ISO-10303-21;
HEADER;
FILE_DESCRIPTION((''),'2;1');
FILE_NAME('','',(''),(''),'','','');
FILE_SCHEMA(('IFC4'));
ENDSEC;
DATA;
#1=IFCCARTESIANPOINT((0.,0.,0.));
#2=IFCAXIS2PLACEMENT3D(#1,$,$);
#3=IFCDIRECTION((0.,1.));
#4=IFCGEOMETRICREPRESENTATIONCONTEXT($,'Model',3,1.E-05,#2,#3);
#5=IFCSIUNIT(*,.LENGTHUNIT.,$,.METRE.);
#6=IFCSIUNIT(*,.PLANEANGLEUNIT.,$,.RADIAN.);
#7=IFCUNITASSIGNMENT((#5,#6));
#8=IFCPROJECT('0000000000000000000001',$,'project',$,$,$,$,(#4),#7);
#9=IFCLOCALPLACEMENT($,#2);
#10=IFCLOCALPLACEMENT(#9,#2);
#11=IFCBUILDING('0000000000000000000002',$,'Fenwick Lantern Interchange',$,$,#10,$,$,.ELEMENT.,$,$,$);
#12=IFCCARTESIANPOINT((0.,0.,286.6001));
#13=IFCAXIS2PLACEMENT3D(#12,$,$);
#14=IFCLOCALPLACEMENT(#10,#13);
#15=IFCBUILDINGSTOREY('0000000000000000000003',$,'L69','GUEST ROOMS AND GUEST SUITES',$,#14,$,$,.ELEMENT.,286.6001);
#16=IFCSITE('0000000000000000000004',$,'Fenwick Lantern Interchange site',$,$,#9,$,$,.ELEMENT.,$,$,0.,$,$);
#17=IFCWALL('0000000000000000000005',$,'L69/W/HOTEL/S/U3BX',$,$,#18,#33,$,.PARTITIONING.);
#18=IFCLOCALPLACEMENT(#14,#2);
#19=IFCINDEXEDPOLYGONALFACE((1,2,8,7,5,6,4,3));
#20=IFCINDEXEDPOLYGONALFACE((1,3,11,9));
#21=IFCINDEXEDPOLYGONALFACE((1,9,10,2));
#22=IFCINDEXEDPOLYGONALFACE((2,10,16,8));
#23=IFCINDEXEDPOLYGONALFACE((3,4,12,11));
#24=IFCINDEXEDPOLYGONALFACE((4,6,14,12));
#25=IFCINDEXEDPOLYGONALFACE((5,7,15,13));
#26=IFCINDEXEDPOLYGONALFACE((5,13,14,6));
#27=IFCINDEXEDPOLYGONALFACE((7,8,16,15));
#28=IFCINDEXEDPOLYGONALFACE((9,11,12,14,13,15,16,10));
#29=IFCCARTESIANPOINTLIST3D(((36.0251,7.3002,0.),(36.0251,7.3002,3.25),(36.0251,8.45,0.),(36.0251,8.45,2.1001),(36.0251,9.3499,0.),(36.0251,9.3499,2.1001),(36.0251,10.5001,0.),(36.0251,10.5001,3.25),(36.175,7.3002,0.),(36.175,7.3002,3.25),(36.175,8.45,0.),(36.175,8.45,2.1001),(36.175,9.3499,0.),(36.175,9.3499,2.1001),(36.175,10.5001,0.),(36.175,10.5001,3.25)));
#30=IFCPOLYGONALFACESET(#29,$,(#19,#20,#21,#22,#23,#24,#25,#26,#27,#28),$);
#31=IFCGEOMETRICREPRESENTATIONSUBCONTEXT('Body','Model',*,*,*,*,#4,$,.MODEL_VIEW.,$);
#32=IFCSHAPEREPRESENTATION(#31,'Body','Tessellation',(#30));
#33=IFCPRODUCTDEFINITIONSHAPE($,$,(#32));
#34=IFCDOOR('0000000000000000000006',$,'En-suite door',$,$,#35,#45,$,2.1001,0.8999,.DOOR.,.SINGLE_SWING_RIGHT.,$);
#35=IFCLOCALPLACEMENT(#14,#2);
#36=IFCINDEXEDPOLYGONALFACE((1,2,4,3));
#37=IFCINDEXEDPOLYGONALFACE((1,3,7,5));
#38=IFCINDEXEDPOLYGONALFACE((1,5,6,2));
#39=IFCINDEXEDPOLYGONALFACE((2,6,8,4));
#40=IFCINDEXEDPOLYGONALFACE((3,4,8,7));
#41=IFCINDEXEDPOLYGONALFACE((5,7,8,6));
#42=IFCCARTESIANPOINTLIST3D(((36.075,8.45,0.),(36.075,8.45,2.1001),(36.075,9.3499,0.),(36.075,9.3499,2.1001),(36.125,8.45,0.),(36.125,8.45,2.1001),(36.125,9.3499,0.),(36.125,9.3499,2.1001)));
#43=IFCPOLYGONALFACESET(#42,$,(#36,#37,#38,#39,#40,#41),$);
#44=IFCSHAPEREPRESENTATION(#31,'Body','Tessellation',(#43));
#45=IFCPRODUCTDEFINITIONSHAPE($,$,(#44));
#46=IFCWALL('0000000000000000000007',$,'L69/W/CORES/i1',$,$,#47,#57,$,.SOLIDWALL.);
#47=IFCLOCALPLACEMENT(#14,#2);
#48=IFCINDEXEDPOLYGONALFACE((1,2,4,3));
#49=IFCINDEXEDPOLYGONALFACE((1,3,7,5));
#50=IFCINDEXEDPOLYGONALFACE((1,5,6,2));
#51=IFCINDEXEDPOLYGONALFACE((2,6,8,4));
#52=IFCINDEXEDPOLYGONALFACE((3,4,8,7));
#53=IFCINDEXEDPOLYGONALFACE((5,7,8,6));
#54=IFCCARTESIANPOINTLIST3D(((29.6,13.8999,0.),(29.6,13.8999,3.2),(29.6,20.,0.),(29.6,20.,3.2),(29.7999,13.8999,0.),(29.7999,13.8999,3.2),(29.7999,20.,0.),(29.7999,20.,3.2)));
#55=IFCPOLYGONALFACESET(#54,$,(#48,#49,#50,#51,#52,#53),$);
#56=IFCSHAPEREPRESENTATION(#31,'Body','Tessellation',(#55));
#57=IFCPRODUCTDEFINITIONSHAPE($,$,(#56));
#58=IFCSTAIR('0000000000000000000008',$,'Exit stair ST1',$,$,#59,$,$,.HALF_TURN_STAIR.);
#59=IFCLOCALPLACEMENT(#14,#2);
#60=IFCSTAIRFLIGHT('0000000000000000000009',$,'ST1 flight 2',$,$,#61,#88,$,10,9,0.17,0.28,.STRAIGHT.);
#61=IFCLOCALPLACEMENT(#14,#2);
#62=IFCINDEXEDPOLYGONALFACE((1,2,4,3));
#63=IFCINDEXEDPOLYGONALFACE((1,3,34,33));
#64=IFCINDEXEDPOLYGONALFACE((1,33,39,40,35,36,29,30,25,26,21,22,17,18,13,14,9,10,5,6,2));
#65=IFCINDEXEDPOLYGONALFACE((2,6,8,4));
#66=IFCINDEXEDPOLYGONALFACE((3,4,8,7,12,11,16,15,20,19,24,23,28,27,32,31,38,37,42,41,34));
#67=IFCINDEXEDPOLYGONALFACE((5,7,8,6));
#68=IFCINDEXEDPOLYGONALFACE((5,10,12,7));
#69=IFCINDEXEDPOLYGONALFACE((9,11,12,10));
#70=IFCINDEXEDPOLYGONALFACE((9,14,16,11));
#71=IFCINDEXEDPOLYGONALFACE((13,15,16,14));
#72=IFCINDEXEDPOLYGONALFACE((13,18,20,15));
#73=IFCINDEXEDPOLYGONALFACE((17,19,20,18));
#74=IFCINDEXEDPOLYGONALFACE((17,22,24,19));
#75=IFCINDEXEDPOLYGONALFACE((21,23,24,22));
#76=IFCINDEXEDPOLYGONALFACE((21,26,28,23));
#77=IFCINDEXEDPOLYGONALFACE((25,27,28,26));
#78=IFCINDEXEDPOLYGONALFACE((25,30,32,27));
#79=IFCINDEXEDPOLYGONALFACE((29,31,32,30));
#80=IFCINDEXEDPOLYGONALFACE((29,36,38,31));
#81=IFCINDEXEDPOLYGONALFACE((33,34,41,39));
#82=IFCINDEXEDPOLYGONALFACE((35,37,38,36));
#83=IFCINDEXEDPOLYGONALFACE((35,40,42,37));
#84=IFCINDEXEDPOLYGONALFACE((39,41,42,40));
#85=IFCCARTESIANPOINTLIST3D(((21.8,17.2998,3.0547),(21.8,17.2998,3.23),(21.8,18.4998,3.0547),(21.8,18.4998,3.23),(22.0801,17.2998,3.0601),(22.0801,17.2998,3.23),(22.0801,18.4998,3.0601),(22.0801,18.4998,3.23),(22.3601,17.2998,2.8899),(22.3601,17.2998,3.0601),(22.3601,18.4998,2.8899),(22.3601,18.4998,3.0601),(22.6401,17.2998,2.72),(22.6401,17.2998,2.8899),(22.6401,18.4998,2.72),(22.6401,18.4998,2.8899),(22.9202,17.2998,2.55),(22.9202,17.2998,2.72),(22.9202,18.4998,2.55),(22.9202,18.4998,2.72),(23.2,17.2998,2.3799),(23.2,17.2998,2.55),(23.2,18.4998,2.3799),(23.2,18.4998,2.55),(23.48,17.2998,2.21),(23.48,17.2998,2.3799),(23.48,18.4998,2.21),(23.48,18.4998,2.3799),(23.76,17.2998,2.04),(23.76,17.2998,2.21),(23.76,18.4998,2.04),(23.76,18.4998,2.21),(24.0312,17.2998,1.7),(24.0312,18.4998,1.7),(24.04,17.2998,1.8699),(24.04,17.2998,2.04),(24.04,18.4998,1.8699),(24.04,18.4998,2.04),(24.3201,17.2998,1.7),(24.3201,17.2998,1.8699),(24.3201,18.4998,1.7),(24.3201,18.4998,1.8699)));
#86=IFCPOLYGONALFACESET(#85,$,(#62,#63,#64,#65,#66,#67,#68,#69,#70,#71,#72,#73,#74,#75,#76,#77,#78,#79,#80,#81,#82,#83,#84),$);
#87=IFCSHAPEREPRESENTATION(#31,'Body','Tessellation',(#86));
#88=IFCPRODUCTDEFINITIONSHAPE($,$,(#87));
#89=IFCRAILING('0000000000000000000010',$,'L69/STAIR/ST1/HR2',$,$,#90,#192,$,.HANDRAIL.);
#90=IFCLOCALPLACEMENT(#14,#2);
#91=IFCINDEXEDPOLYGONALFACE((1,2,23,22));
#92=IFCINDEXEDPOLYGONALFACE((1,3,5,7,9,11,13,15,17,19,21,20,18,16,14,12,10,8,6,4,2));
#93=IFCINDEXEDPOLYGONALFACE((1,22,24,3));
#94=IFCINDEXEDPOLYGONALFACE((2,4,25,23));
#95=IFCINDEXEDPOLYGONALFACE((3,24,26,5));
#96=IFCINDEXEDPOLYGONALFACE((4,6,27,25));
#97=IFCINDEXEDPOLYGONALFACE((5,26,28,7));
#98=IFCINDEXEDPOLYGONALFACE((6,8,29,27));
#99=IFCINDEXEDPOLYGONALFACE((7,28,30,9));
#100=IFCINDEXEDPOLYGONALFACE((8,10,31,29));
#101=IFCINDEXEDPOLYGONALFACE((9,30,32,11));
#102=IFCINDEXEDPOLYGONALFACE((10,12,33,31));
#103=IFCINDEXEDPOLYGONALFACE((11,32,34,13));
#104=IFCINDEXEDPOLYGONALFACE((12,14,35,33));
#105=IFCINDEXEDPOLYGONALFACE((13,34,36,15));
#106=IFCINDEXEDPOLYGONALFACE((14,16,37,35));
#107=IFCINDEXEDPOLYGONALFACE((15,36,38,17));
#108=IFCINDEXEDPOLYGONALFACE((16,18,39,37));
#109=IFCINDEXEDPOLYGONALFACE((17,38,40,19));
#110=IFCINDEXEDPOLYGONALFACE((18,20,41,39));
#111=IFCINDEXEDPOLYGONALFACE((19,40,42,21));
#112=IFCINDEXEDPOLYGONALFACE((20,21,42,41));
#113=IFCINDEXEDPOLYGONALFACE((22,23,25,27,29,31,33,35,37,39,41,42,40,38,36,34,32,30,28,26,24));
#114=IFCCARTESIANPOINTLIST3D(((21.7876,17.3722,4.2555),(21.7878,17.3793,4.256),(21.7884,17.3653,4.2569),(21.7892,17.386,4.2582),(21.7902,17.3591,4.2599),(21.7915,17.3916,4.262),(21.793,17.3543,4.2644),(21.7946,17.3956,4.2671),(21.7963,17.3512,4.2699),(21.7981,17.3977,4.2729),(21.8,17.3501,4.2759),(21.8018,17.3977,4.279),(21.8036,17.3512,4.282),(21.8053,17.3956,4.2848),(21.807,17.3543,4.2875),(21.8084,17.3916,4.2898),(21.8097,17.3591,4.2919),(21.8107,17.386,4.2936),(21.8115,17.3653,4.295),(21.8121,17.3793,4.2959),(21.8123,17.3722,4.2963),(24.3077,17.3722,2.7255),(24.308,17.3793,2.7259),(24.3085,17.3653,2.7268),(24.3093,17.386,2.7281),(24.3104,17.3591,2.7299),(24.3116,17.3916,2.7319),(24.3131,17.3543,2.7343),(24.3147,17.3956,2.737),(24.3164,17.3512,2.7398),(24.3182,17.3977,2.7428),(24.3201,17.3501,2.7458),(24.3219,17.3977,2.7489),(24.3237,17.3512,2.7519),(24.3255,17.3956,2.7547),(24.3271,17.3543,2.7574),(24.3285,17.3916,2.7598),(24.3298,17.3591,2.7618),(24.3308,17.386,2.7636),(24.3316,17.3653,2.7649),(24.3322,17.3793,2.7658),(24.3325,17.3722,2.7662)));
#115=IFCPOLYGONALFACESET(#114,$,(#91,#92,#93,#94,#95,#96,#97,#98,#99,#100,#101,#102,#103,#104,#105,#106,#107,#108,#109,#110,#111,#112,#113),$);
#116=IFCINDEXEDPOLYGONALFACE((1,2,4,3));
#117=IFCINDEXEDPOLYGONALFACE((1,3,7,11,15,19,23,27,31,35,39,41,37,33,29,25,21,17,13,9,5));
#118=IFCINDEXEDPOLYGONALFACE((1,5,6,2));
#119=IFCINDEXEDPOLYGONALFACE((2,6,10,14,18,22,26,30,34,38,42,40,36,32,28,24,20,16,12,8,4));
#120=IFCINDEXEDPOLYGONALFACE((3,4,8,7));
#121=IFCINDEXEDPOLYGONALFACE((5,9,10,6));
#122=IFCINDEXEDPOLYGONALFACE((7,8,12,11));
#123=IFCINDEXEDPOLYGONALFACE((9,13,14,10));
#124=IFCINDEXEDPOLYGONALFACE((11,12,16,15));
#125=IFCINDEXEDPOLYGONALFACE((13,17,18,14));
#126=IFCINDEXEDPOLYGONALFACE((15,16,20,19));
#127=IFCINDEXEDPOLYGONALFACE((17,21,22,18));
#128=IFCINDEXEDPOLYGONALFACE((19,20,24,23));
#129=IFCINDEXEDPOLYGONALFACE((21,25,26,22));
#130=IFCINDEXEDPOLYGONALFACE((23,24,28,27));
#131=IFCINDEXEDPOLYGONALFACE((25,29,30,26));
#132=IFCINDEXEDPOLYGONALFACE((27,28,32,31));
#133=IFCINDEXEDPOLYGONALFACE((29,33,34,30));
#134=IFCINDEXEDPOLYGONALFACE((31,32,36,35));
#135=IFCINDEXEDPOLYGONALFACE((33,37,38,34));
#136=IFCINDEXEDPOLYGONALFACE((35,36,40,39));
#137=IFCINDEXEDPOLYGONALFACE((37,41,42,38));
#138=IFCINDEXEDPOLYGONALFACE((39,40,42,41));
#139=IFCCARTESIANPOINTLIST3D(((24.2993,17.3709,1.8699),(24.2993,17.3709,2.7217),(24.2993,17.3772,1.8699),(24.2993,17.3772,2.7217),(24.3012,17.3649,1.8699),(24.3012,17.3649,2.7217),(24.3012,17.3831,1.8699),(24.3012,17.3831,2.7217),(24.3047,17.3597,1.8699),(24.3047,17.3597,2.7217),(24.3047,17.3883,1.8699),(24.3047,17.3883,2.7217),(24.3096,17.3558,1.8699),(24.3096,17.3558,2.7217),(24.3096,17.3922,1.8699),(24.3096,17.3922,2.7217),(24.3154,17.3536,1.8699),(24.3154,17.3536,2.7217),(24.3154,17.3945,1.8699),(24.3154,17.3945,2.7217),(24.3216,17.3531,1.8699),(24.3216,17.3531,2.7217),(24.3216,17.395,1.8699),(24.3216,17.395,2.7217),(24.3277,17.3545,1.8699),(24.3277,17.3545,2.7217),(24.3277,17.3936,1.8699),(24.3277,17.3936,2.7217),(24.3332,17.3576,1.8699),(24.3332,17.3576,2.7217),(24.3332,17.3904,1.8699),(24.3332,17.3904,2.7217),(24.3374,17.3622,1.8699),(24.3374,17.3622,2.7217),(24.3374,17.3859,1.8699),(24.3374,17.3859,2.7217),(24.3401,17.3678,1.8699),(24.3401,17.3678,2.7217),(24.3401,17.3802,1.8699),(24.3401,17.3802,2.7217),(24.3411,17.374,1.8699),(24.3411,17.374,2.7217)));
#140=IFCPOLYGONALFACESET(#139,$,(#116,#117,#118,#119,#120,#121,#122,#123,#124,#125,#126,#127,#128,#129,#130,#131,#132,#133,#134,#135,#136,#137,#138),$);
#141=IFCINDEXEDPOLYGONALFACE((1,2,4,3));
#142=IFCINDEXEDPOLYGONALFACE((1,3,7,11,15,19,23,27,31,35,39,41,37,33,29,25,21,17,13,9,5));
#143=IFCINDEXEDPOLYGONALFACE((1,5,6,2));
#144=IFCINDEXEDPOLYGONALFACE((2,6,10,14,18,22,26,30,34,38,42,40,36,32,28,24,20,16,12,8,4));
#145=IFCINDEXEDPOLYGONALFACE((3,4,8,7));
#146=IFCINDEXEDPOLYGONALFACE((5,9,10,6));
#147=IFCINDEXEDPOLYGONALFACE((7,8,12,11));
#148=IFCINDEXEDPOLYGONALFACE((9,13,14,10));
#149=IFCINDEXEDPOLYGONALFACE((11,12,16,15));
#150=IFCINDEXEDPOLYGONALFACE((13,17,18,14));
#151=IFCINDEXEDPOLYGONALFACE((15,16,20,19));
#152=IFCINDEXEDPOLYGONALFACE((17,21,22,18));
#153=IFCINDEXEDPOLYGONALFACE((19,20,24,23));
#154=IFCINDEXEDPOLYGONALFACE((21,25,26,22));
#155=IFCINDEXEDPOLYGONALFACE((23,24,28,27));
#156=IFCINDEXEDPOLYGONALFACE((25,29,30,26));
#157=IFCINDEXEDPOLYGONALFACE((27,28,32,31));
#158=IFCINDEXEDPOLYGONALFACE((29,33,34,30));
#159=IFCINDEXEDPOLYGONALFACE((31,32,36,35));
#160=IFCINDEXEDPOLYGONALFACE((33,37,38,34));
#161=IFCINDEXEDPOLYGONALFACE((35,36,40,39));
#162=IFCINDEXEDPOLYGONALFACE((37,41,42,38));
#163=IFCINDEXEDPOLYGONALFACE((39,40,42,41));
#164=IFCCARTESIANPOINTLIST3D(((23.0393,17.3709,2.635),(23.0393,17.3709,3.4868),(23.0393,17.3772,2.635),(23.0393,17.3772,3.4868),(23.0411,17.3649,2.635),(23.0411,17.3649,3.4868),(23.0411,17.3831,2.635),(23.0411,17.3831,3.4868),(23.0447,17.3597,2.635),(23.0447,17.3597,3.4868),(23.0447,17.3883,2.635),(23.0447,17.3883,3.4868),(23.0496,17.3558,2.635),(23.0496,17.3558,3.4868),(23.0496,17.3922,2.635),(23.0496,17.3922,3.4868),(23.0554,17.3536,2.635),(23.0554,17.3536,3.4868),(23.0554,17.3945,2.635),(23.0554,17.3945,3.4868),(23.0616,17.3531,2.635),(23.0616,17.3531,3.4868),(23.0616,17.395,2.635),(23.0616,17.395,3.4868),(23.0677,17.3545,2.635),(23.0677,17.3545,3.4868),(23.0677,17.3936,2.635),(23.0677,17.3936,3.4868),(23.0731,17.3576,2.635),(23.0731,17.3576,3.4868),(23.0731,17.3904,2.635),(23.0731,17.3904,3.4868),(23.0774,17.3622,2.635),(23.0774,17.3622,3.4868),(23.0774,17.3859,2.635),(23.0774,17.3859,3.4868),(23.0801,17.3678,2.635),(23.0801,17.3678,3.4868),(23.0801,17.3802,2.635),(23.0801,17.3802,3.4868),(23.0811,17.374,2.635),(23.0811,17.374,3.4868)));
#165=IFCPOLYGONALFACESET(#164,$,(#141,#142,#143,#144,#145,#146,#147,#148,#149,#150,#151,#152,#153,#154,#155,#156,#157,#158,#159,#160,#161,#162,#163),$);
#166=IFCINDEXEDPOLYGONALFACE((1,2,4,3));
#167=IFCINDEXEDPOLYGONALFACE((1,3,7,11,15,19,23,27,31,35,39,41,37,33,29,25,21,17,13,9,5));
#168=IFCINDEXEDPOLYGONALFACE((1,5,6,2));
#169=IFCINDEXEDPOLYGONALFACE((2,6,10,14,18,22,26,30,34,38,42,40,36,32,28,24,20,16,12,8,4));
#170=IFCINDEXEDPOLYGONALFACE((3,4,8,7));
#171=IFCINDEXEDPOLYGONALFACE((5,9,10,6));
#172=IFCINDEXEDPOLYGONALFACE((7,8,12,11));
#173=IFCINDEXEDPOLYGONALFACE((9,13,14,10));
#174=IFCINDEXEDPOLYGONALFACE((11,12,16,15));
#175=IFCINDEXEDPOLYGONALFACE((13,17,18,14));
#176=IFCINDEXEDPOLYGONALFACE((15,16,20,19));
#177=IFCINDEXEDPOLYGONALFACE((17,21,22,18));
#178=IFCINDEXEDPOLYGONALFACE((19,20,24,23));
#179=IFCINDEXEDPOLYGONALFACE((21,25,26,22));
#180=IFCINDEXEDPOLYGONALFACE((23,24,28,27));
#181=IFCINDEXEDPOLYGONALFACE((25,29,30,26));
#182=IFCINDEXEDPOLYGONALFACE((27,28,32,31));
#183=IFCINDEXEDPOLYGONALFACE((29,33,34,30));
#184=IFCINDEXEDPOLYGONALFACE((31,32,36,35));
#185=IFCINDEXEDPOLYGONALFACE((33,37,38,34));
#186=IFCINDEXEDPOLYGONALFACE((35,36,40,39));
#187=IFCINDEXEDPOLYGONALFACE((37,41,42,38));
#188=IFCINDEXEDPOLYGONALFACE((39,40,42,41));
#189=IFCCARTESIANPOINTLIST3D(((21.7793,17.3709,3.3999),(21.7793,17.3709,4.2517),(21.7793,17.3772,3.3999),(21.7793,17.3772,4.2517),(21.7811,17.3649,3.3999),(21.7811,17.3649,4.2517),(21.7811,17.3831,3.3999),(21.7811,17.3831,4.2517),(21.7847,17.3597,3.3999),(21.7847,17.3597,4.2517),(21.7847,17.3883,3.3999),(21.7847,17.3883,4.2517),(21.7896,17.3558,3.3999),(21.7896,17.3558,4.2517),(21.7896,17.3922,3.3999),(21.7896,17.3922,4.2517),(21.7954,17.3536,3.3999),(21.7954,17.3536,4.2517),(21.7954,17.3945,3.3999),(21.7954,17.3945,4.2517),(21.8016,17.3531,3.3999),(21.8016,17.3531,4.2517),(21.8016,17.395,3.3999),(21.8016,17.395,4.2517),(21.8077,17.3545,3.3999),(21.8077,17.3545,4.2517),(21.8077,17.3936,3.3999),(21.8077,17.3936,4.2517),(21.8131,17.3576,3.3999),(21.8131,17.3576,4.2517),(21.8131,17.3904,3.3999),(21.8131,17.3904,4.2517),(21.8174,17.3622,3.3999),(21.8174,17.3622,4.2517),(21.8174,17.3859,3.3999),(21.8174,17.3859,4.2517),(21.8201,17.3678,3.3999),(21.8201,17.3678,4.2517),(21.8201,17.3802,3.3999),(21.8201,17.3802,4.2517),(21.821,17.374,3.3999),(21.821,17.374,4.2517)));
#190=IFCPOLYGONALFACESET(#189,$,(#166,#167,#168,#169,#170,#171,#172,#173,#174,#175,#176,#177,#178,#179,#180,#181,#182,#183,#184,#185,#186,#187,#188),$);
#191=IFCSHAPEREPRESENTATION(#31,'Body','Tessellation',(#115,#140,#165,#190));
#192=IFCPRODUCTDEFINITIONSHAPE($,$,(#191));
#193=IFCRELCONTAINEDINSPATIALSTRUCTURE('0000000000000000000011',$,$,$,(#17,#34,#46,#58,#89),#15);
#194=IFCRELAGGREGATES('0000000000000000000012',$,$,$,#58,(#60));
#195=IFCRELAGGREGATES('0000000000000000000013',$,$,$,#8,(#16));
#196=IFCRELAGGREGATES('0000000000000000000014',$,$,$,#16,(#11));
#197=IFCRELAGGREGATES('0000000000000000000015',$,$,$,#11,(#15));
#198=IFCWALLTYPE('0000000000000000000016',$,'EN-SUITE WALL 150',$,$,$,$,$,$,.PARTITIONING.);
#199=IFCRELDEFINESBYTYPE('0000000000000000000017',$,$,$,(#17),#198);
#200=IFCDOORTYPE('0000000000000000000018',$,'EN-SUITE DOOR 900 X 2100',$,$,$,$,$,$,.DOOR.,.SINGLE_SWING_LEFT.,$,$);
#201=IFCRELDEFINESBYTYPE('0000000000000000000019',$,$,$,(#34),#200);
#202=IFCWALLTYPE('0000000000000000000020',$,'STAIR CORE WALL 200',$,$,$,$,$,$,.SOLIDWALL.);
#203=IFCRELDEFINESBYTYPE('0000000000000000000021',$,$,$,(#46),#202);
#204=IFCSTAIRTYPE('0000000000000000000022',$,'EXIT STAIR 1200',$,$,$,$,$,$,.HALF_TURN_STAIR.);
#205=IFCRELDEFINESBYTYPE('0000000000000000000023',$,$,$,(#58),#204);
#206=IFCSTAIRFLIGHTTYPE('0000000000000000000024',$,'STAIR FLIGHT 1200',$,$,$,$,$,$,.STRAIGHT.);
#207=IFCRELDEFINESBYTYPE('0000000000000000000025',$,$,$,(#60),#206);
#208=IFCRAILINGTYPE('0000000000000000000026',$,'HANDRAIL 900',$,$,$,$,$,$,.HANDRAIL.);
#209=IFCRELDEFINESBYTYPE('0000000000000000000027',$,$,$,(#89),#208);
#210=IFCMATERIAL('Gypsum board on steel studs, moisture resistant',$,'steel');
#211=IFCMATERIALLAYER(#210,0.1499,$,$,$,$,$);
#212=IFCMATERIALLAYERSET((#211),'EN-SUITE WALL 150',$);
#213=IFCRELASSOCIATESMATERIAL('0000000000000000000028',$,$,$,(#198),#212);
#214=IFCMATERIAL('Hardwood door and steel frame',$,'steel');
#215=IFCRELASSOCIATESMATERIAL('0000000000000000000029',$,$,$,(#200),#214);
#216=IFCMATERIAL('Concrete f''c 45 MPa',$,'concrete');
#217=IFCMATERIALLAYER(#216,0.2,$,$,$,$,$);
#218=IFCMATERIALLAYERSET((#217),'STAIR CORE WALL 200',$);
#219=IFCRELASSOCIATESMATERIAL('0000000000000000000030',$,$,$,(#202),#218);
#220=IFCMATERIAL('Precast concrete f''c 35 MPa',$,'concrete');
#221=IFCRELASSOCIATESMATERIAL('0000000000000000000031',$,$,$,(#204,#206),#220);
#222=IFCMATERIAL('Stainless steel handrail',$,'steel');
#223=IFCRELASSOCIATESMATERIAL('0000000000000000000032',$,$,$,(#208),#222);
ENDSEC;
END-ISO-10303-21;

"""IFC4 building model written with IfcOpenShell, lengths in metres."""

from ifc_helpers import new_model, si_unit, direction, frame, frame_2d, origin, origin_2d, place, context, subcontext, project, spatial, polyline, rectangle, circle, outline, extrude, material, layer, layer_set, type_object, element, fill, aggregate, save


model = new_model("IFC4")

# Units and contexts
model_context = context("Model", 3, precision=1e-05, world=origin(), true_north=direction((0.0, 1.0)))
body_context = subcontext(model_context, "Body", "Model", "MODEL_VIEW")
ifc_project = project(units=[si_unit("LENGTHUNIT", "METRE"), si_unit("PLANEANGLEUNIT", "RADIAN")], contexts=[model_context])

# Site, building, storey
site_placement = place(None, origin())
site = spatial("IfcSite", under=ifc_project, at=site_placement, Name="Fenwick Lantern Interchange site", CompositionType="ELEMENT", RefElevation=0.0)
building_placement = place(site_placement, origin())
building = spatial("IfcBuilding", under=site, at=building_placement, Name="Fenwick Lantern Interchange", CompositionType="ELEMENT")
storey_placement = place(building_placement, frame((0.0, 0.0, 286.6001)))
storey = spatial("IfcBuildingStorey", under=building, at=storey_placement, Name="L69", Description="GUEST ROOMS AND GUEST SUITES", CompositionType="ELEMENT", Elevation=286.6001)

# Shared definitions
ifc_material_1 = material(Name="Gypsum board on steel studs, moisture resistant", Category="steel")
ifc_layer_1 = layer(ifc_material_1, 0.1499)
ifc_layer_set_1 = layer_set([ifc_layer_1], Name="EN-SUITE WALL 150")
wall_type_1 = type_object("IfcWallType", Name="EN-SUITE WALL 150", PredefinedType="PARTITIONING", material=ifc_layer_set_1)

# Wall, opening, door
wall_1_placement = place(storey_placement, frame((36.1001, 7.3, 0.0), z_axis=(0.0, 0.0, 1.0), x_axis=(0.0, 1.0, 0.0)))
wall_1 = element("IfcWall", 1, at=wall_1_placement, inside=storey, type_object=wall_type_1, Name="L69/W/HOTEL/S/U3BX", PredefinedType="PARTITIONING", context=body_context, shape_type="SweptSolid", body=[
    extrude(rectangle(XDim=3.2, YDim=0.1499, at=frame_2d((1.6001, 0.0))), origin(), (0.0, 0.0, 1.0), 3.25),
])
opening_1_placement = place(wall_1_placement, frame((1.1499, 0.0, 0.0)))
opening_1 = element("IfcOpeningElement", 2, at=opening_1_placement, cuts=wall_1, PredefinedType="OPENING", context=body_context, shape_type="SweptSolid", body=[
    extrude(rectangle(XDim=0.8999, YDim=2.1001, at=frame_2d((0.45, 1.05))), frame((0.0, 0.085, 0.0), z_axis=(0.0, -1.0, 0.0), x_axis=(1.0, 0.0, 0.0)), (0.0, 0.0, 1.0), 0.1699),
])
ifc_material_2 = material(Name="Hardwood door and steel frame", Category="steel")
door_type_1 = type_object("IfcDoorType", Name="EN-SUITE DOOR 900 X 2100", OperationType="SINGLE_SWING_LEFT", PredefinedType="DOOR", material=ifc_material_2)
door_1_placement = place(opening_1_placement, frame((0.8999, 0.0, 0.0), z_axis=(0.0, 0.0, 1.0), x_axis=(-1.0, 0.0, 0.0)))
door_1 = element("IfcDoor", 3, at=door_1_placement, inside=storey, type_object=door_type_1, Name="En-suite door", OperationType="SINGLE_SWING_RIGHT", OverallHeight=2.1001, OverallWidth=0.8999, PredefinedType="DOOR", context=body_context, shape_type="SweptSolid", body=[
    extrude(rectangle(XDim=0.8999, YDim=2.1001, at=frame_2d((0.45, 1.05))), frame((0.0, 0.0249, 0.0), z_axis=(0.0, -1.0, 0.0), x_axis=(1.0, 0.0, 0.0)), (0.0, 0.0, 1.0), 0.05),
])
fill(opening_1, door_1)

# Wall
ifc_material_3 = material(Name="Concrete f'c 45 MPa", Category="concrete")
ifc_layer_2 = layer(ifc_material_3, 0.2)
ifc_layer_set_2 = layer_set([ifc_layer_2], Name="STAIR CORE WALL 200")
wall_type_2 = type_object("IfcWallType", Name="STAIR CORE WALL 200", PredefinedType="SOLIDWALL", material=ifc_layer_set_2)
wall_2_placement = place(storey_placement, frame((29.7, 13.8999, 0.0), z_axis=(0.0, 0.0, 1.0), x_axis=(0.0, 1.0, 0.0)))
element("IfcWall", 4, at=wall_2_placement, inside=storey, type_object=wall_type_2, Name="L69/W/CORES/i1", PredefinedType="SOLIDWALL", context=body_context, shape_type="SweptSolid", body=[
    extrude(rectangle(XDim=6.1001, YDim=0.2, at=frame_2d((3.05, 0.0))), origin(), (0.0, 0.0, 1.0), 3.2),
])

# Stair, stair flight
ifc_material_4 = material(Name="Precast concrete f'c 35 MPa", Category="concrete")
stair_type = type_object("IfcStairType", Name="EXIT STAIR 1200", PredefinedType="HALF_TURN_STAIR", material=ifc_material_4)
stair_placement = place(storey_placement, origin())
stair = element("IfcStair", 5, at=stair_placement, inside=storey, type_object=stair_type, Name="Exit stair ST1", PredefinedType="HALF_TURN_STAIR")
stair_flight_type = type_object("IfcStairFlightType", Name="STAIR FLIGHT 1200", PredefinedType="STRAIGHT", material=ifc_material_4)
stair_flight_placement = place(storey_placement, frame((24.3201, 17.8999, 1.7), z_axis=(0.0, 0.0, 1.0), x_axis=(-1.0, 0.0, 0.0)))
stair_flight = element("IfcStairFlight", 6, at=stair_flight_placement, type_object=stair_flight_type, Name="ST1 flight 2", NumberOfRisers=10, NumberOfTreads=9, PredefinedType="STRAIGHT", RiserHeight=0.17, TreadLength=0.28, context=body_context, shape_type="SweptSolid", body=[
    extrude(outline(polyline([(0.0, 0.0), (0.0, 0.1699), (0.28, 0.1699), (0.28, 0.3401), (0.5601, 0.3401), (0.5601, 0.51), (0.8401, 0.51), (0.8401, 0.6799), (1.1201, 0.6799), (1.1201, 0.8501), (1.3999, 0.8501), (1.3999, 1.02), (1.6799, 1.02), (1.6799, 1.1899), (1.96, 1.1899), (1.96, 1.3601), (2.24, 1.3601), (2.24, 1.53), (2.52, 1.53), (2.52, 1.7), (2.52, 1.3547), (0.2888, 0.0), (0.0, 0.0)])), frame((0.0, 0.6001, 0.0), z_axis=(0.0, -1.0, 0.0), x_axis=(1.0, 0.0, 0.0)), (0.0, 0.0, 1.0), 1.2),
])
aggregate(stair, [stair_flight])

# Railing
ifc_material_5 = material(Name="Stainless steel handrail", Category="steel")
railing_type = type_object("IfcRailingType", Name="HANDRAIL 900", PredefinedType="HANDRAIL", material=ifc_material_5)
railing_placement = place(storey_placement, frame((24.3201, 17.374, 1.8699)))
element("IfcRailing", 7, at=railing_placement, inside=storey, type_object=railing_type, Name="L69/STAIR/ST1/HR2", PredefinedType="HANDRAIL", context=body_context, shape_type="SweptSolid", body=[
    extrude(circle(Radius=0.0239, at=origin_2d()), frame((0.0, 0.0, 0.876), z_axis=(-0.854785, 0.0, 0.518982), x_axis=(0.0, -1.0, 0.0)), (0.0, 0.0, 1.0), 2.9482),
    extrude(circle(Radius=0.021, at=origin_2d()), origin(), (0.0, 0.0, 1.0), 0.8518),
    extrude(circle(Radius=0.021, at=origin_2d()), frame((-1.26, 0.0, 0.7651)), (0.0, 0.0, 1.0), 0.8518),
    extrude(circle(Radius=0.021, at=origin_2d()), frame((-2.52, 0.0, 1.53)), (0.0, 0.0, 1.0), 0.8518),
])

save(model, "model.ifc")
